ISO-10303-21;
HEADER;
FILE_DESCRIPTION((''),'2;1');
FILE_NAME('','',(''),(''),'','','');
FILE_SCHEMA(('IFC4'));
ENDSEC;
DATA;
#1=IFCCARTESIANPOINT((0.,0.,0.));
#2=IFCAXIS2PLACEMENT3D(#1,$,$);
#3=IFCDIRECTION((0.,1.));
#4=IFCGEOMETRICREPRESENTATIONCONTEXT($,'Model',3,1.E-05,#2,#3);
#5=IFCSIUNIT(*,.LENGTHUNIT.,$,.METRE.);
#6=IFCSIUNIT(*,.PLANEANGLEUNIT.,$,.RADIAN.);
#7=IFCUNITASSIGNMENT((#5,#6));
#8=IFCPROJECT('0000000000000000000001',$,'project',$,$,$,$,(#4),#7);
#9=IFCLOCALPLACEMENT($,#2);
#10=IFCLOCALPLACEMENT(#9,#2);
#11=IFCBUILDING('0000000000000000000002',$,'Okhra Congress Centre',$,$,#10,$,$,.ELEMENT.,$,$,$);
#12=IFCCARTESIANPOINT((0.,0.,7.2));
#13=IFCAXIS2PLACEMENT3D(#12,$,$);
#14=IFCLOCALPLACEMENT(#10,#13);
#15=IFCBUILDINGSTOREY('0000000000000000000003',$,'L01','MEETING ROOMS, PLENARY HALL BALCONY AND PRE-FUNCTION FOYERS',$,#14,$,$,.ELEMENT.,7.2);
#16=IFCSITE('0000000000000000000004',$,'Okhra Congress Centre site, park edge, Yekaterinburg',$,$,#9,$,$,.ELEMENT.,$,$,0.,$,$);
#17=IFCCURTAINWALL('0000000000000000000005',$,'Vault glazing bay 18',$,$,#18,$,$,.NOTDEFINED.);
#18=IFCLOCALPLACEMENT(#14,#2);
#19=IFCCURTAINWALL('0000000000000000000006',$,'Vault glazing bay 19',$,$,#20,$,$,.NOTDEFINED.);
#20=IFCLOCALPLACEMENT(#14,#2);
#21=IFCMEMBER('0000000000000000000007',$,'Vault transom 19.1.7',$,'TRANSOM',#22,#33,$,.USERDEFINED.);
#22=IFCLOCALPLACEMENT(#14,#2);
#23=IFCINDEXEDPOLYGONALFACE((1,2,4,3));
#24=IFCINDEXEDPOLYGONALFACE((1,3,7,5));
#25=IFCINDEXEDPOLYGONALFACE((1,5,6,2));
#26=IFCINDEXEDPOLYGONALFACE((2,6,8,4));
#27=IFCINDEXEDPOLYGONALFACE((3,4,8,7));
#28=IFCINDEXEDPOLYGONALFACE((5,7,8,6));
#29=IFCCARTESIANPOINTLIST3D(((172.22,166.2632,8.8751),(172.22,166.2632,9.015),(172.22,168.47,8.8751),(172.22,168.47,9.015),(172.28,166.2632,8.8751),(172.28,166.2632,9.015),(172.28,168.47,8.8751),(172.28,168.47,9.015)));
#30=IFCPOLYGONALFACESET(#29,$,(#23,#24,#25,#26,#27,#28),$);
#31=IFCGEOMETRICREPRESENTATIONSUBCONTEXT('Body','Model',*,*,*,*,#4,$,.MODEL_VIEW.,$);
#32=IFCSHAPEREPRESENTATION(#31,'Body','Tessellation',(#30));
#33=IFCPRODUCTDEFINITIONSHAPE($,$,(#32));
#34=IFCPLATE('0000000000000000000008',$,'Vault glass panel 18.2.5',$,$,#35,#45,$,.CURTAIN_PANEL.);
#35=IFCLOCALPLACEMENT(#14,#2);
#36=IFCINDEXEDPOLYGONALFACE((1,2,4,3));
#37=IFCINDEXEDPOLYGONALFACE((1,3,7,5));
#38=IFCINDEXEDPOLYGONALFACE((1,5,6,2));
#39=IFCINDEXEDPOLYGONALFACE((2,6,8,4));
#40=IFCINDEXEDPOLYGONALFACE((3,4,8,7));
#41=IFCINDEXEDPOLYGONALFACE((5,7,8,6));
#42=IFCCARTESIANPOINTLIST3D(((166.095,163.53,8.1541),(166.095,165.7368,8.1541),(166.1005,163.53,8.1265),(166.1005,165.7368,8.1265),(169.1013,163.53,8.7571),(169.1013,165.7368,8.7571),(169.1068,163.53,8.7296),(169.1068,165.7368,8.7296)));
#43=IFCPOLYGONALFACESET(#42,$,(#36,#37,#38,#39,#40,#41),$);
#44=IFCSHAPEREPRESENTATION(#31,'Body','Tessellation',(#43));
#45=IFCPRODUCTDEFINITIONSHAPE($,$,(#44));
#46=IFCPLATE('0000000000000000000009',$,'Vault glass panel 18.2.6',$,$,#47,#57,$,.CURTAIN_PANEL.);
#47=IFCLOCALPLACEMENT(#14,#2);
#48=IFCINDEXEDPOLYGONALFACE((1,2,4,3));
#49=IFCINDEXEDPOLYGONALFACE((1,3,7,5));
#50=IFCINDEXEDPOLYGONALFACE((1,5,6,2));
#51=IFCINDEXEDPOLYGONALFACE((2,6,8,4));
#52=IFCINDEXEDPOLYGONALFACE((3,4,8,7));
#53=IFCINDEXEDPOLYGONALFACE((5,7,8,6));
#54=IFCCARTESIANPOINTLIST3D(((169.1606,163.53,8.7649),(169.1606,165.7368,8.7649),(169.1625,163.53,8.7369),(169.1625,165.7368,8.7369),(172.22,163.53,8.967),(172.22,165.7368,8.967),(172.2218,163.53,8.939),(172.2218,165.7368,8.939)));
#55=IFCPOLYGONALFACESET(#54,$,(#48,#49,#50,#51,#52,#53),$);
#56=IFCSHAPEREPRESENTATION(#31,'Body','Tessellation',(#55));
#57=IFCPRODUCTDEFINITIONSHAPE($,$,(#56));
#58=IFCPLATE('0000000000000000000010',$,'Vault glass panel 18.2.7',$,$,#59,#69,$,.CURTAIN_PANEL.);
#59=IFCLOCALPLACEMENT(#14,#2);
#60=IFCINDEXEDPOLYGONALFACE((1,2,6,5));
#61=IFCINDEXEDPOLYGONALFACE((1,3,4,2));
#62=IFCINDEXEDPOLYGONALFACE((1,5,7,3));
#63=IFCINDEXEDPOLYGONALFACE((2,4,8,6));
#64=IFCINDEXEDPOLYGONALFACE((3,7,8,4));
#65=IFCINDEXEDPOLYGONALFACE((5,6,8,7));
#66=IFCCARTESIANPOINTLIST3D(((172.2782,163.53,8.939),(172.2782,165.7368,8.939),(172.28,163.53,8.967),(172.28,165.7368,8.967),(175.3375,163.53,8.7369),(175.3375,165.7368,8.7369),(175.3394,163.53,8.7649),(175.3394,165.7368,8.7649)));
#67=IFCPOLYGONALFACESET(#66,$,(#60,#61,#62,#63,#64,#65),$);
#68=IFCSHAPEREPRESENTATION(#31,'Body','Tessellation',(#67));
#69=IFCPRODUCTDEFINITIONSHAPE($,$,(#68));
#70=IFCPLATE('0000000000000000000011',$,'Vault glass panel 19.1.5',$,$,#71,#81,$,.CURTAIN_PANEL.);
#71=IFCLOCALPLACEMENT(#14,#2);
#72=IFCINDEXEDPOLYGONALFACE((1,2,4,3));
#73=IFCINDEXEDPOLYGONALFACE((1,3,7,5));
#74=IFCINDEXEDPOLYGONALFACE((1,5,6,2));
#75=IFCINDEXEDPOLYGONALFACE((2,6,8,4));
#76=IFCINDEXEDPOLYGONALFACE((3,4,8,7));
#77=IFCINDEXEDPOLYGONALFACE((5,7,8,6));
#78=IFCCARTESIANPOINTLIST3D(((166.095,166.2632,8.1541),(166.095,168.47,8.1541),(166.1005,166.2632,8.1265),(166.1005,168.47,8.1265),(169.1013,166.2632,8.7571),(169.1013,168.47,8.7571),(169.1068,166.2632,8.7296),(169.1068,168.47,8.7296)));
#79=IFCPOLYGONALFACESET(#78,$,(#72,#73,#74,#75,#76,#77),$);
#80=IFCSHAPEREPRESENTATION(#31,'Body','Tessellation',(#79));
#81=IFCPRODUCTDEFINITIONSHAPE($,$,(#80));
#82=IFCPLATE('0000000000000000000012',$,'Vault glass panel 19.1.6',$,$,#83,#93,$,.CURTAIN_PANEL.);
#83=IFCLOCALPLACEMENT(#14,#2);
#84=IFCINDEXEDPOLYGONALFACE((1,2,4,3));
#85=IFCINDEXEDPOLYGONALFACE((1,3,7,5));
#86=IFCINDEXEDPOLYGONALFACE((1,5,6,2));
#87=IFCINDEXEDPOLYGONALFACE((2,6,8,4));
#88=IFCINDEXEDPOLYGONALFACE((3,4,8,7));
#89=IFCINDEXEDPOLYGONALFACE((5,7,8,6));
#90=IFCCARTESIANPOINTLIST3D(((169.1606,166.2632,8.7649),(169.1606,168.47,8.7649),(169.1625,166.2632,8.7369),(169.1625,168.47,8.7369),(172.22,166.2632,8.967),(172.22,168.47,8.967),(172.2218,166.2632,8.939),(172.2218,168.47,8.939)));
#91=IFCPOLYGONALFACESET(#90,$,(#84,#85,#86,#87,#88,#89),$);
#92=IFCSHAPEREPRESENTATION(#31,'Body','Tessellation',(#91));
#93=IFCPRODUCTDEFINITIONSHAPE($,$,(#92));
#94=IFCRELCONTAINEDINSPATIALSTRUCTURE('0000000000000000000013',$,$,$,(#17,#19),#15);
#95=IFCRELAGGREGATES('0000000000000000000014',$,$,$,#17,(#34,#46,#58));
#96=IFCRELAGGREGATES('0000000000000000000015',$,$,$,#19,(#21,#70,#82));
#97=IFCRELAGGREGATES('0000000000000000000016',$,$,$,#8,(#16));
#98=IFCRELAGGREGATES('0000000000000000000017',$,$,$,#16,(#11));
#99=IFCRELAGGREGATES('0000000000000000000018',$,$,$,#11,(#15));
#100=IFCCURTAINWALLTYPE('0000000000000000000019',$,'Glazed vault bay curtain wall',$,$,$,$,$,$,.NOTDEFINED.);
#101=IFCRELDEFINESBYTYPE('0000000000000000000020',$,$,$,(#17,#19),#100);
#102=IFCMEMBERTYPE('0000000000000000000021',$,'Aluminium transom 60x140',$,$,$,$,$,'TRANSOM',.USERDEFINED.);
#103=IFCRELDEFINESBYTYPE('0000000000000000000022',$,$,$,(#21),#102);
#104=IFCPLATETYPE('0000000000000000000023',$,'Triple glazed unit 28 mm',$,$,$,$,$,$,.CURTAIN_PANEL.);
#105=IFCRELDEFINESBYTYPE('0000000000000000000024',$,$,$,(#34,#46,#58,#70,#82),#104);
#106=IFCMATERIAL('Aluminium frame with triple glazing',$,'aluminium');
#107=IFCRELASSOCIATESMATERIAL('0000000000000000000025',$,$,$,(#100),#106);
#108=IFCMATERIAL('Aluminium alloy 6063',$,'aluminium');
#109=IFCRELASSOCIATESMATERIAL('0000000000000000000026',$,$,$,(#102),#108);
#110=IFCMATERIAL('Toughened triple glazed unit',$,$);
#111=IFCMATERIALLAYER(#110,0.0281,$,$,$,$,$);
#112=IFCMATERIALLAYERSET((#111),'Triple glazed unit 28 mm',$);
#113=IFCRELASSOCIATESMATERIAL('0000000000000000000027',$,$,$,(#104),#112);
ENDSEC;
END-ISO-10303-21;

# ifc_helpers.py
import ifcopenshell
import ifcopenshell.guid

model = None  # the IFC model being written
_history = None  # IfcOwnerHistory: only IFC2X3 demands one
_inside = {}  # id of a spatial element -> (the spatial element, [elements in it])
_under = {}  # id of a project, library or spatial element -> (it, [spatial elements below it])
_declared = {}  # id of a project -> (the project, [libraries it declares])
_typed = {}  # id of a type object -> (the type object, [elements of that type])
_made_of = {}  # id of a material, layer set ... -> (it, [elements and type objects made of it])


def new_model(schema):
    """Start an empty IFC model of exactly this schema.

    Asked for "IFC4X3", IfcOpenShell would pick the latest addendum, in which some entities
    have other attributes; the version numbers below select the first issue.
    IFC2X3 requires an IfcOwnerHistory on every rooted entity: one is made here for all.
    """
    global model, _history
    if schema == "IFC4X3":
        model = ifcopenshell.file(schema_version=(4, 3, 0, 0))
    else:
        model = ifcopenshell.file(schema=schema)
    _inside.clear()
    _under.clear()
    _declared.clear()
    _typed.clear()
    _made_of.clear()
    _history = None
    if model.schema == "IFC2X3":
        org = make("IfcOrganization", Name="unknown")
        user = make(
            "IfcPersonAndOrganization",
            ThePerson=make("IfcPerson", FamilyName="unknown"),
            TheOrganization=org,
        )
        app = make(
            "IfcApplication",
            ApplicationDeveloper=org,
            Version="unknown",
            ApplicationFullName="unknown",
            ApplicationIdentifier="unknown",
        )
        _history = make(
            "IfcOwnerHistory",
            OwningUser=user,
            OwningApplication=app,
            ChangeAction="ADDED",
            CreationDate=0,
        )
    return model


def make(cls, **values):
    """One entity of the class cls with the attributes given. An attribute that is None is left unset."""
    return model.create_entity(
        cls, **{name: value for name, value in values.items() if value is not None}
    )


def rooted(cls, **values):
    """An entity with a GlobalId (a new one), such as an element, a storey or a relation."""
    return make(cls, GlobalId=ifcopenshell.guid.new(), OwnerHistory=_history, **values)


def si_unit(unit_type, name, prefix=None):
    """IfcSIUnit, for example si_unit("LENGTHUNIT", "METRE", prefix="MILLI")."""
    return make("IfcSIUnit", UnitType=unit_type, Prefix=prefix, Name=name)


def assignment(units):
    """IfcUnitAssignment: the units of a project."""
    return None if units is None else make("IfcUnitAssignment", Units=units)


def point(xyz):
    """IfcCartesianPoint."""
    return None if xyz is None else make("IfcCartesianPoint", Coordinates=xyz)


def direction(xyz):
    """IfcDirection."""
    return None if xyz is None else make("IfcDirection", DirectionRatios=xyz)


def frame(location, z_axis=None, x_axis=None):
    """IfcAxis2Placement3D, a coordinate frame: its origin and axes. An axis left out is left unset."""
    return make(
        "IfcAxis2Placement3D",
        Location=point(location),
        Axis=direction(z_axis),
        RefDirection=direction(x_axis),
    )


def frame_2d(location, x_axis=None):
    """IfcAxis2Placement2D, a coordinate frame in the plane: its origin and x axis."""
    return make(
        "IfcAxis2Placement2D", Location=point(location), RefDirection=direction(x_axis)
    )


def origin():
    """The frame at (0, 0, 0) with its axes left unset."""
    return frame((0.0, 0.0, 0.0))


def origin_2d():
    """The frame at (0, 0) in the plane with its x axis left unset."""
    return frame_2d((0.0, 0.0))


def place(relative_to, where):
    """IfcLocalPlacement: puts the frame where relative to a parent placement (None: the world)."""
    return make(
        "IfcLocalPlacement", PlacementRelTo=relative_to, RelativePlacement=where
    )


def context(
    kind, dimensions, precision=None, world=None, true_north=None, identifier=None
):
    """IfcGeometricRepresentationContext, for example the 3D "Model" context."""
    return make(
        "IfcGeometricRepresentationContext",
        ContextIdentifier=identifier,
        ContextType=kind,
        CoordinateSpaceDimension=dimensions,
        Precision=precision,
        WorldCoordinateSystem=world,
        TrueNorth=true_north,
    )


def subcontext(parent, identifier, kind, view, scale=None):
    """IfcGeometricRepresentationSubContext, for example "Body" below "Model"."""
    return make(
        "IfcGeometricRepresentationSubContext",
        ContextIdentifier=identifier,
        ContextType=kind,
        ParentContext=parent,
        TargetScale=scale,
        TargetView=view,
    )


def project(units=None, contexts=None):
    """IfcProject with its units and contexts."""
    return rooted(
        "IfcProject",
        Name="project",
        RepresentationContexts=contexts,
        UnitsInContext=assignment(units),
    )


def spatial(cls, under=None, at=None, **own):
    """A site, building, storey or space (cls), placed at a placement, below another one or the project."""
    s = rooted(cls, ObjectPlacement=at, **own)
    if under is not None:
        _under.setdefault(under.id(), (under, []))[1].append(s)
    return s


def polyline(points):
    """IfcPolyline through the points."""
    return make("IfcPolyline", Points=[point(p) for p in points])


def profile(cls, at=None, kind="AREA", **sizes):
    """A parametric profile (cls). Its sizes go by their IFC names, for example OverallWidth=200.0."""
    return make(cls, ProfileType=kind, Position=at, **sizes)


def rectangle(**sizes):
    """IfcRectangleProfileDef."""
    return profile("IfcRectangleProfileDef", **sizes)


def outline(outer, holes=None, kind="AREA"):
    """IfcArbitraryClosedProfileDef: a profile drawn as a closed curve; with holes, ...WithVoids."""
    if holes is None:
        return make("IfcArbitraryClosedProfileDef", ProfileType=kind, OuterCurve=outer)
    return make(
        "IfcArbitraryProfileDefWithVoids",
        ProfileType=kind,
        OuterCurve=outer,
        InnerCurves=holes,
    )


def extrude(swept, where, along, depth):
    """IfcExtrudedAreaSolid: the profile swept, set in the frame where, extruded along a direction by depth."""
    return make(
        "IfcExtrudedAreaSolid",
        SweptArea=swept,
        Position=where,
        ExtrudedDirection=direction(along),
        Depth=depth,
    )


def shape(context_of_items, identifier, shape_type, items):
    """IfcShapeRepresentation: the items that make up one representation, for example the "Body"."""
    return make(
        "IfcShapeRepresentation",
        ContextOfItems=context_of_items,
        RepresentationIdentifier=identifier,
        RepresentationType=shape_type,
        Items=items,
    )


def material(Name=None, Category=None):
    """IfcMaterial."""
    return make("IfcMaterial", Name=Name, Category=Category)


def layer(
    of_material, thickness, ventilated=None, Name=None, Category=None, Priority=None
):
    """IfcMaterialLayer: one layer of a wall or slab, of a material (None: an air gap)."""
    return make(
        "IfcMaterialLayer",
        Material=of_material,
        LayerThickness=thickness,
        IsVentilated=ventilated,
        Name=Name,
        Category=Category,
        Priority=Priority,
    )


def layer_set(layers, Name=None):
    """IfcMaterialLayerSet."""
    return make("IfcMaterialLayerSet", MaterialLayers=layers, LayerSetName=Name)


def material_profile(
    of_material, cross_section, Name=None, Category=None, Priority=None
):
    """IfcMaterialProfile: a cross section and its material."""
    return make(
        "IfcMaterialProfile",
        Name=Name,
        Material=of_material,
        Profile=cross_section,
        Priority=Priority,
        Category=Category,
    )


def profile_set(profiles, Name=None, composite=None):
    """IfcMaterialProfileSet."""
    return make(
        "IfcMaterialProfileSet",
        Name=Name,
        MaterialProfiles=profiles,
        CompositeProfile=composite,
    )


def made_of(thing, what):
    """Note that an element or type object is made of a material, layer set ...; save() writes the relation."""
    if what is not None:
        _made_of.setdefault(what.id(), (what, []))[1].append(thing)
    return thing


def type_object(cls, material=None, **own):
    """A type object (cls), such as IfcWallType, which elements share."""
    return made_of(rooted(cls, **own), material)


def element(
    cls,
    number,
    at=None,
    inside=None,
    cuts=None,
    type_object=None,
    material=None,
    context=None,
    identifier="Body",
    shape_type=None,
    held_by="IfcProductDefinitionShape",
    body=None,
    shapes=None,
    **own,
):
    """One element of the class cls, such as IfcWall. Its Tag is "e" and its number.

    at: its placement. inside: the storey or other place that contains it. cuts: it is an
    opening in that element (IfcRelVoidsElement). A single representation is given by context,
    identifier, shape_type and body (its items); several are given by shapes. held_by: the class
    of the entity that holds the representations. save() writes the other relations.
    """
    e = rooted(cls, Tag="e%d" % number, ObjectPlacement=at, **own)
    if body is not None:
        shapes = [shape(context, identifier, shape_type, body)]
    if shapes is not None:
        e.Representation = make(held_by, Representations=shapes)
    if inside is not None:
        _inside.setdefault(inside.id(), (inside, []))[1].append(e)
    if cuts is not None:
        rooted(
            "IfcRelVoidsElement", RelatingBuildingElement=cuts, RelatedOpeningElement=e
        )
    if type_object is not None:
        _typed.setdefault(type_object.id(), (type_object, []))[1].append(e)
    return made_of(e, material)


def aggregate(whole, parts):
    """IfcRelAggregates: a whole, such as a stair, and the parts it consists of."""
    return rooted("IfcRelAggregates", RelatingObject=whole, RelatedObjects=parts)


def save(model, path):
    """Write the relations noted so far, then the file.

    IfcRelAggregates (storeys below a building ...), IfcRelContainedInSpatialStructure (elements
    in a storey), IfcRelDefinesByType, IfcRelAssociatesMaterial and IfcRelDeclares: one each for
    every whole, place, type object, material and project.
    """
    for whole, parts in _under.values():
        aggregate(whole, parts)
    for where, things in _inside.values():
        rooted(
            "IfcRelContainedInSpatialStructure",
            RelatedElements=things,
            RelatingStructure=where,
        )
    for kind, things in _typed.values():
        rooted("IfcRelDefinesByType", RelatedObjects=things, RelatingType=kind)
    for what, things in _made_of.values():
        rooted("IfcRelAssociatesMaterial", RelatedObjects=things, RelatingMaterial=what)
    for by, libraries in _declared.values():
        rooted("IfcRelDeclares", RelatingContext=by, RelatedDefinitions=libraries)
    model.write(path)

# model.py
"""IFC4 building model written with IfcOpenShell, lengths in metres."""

from ifc_helpers import new_model, si_unit, direction, frame, origin, origin_2d, place, context, subcontext, project, spatial, polyline, rectangle, outline, extrude, material, layer, layer_set, material_profile, profile_set, type_object, element, aggregate, save


model = new_model("IFC4")

# Units and contexts
model_context = context("Model", 3, precision=1e-05, world=origin(), true_north=direction((0.0, 1.0)))
body_context = subcontext(model_context, "Body", "Model", "MODEL_VIEW")
ifc_project = project(units=[si_unit("LENGTHUNIT", "METRE"), si_unit("PLANEANGLEUNIT", "RADIAN")], contexts=[model_context])

# Site, building, storey
site_placement = place(None, origin())
site = spatial("IfcSite", under=ifc_project, at=site_placement, Name="Okhra Congress Centre site, park edge, Yekaterinburg", CompositionType="ELEMENT", RefElevation=0.0)
building_placement = place(site_placement, origin())
building = spatial("IfcBuilding", under=site, at=building_placement, Name="Okhra Congress Centre", CompositionType="ELEMENT")
storey_placement = place(building_placement, frame((0.0, 0.0, 7.2)))
storey = spatial("IfcBuildingStorey", under=building, at=storey_placement, Name="L01", Description="MEETING ROOMS, PLENARY HALL BALCONY AND PRE-FUNCTION FOYERS", CompositionType="ELEMENT", Elevation=7.2)

# Curtain walls
ifc_material_1 = material(Name="Aluminium frame with triple glazing", Category="aluminium")
curtain_wall_type = type_object("IfcCurtainWallType", Name="Glazed vault bay curtain wall", PredefinedType="NOTDEFINED", material=ifc_material_1)
curtain_wall_1_placement = place(storey_placement, origin())
curtain_wall_1 = element("IfcCurtainWall", 1, at=curtain_wall_1_placement, inside=storey, type_object=curtain_wall_type, Name="Vault glazing bay 18", PredefinedType="NOTDEFINED")
ifc_material_2 = material(Name="Aluminium alloy 6063", Category="aluminium")
curtain_wall_2_placement = place(storey_placement, origin())
curtain_wall_2 = element("IfcCurtainWall", 2, at=curtain_wall_2_placement, inside=storey, type_object=curtain_wall_type, Name="Vault glazing bay 19", PredefinedType="NOTDEFINED")

# Member
ifc_material_profile_1 = material_profile(ifc_material_2, rectangle(XDim=0.0601, YDim=0.1399, at=origin_2d()), Name="AL 60x140 transom")
ifc_profile_set_1 = profile_set([ifc_material_profile_1], Name="Aluminium alloy 6063")
member_type_1 = type_object("IfcMemberType", Name="Aluminium transom 60x140", ElementType="TRANSOM", PredefinedType="USERDEFINED", material=ifc_profile_set_1)
member_1_placement = place(storey_placement, frame((172.25, 166.2632, 8.9451), z_axis=(0.0, 1.0, 0.0), x_axis=(-1.0, 0.0, 0.0)))
member_1 = element("IfcMember", 3, at=member_1_placement, type_object=member_type_1, Name="Vault transom 19.1.7", ObjectType="TRANSOM", PredefinedType="USERDEFINED", context=body_context, shape_type="SweptSolid", body=[
    extrude(rectangle(XDim=0.0601, YDim=0.1399, at=origin_2d()), origin(), (0.0, 0.0, 1.0), 2.2068),
])

# Plates
ifc_material_3 = material(Name="Toughened triple glazed unit")
ifc_layer = layer(ifc_material_3, 0.0281)
ifc_layer_set = layer_set([ifc_layer], Name="Triple glazed unit 28 mm")
plate_type = type_object("IfcPlateType", Name="Triple glazed unit 28 mm", PredefinedType="CURTAIN_PANEL", material=ifc_layer_set)
plate_1_placement = place(storey_placement, frame((166.095, 163.53, 8.1541), z_axis=(-0.196667, 0.0, 0.98047), x_axis=(0.98047, 0.0, 0.196667)))
plate_1 = element("IfcPlate", 4, at=plate_1_placement, type_object=plate_type, Name="Vault glass panel 18.2.5", PredefinedType="CURTAIN_PANEL", context=body_context, shape_type="SweptSolid", body=[
    extrude(outline(polyline([(0.0, 0.0), (3.0662, 0.0), (3.0662, 2.2068), (0.0, 2.2068), (0.0, 0.0)])), origin(), (0.0, 0.0, -1.0), 0.0281),
])
plate_2_placement = place(storey_placement, frame((169.1606, 163.53, 8.7649), z_axis=(-0.065932, 0.0, 0.997824), x_axis=(0.997824, 0.0, 0.065932)))
plate_2 = element("IfcPlate", 5, at=plate_2_placement, type_object=plate_type, Name="Vault glass panel 18.2.6", PredefinedType="CURTAIN_PANEL", context=body_context, shape_type="SweptSolid", body=[
    extrude(outline(polyline([(0.0, 0.0), (3.066, 0.0), (3.066, 2.2068), (0.0, 2.2068), (0.0, 0.0)])), origin(), (0.0, 0.0, -1.0), 0.0281),
])
plate_3_placement = place(storey_placement, frame((172.28, 163.53, 8.967), z_axis=(0.065932, 0.0, 0.997824), x_axis=(0.997824, 0.0, -0.065932)))
plate_3 = element("IfcPlate", 6, at=plate_3_placement, type_object=plate_type, Name="Vault glass panel 18.2.7", PredefinedType="CURTAIN_PANEL", context=body_context, shape_type="SweptSolid", body=[
    extrude(outline(polyline([(0.0, 0.0), (3.066, 0.0), (3.066, 2.2068), (0.0, 2.2068), (0.0, 0.0)])), origin(), (0.0, 0.0, -1.0), 0.0281),
])
aggregate(curtain_wall_1, [plate_1, plate_2, plate_3])
plate_4_placement = place(storey_placement, frame((166.095, 166.2632, 8.1541), z_axis=(-0.196667, 0.0, 0.98047), x_axis=(0.98047, 0.0, 0.196667)))
plate_4 = element("IfcPlate", 7, at=plate_4_placement, type_object=plate_type, Name="Vault glass panel 19.1.5", PredefinedType="CURTAIN_PANEL", context=body_context, shape_type="SweptSolid", body=[
    extrude(outline(polyline([(0.0, 0.0), (3.0662, 0.0), (3.0662, 2.2068), (0.0, 2.2068), (0.0, 0.0)])), origin(), (0.0, 0.0, -1.0), 0.0281),
])
plate_5_placement = place(storey_placement, frame((169.1606, 166.2632, 8.7649), z_axis=(-0.065932, 0.0, 0.997824), x_axis=(0.997824, 0.0, 0.065932)))
plate_5 = element("IfcPlate", 8, at=plate_5_placement, type_object=plate_type, Name="Vault glass panel 19.1.6", PredefinedType="CURTAIN_PANEL", context=body_context, shape_type="SweptSolid", body=[
    extrude(outline(polyline([(0.0, 0.0), (3.066, 0.0), (3.066, 2.2068), (0.0, 2.2068), (0.0, 0.0)])), origin(), (0.0, 0.0, -1.0), 0.0281),
])
aggregate(curtain_wall_2, [member_1, plate_4, plate_5])

save(model, "model.ifc")
